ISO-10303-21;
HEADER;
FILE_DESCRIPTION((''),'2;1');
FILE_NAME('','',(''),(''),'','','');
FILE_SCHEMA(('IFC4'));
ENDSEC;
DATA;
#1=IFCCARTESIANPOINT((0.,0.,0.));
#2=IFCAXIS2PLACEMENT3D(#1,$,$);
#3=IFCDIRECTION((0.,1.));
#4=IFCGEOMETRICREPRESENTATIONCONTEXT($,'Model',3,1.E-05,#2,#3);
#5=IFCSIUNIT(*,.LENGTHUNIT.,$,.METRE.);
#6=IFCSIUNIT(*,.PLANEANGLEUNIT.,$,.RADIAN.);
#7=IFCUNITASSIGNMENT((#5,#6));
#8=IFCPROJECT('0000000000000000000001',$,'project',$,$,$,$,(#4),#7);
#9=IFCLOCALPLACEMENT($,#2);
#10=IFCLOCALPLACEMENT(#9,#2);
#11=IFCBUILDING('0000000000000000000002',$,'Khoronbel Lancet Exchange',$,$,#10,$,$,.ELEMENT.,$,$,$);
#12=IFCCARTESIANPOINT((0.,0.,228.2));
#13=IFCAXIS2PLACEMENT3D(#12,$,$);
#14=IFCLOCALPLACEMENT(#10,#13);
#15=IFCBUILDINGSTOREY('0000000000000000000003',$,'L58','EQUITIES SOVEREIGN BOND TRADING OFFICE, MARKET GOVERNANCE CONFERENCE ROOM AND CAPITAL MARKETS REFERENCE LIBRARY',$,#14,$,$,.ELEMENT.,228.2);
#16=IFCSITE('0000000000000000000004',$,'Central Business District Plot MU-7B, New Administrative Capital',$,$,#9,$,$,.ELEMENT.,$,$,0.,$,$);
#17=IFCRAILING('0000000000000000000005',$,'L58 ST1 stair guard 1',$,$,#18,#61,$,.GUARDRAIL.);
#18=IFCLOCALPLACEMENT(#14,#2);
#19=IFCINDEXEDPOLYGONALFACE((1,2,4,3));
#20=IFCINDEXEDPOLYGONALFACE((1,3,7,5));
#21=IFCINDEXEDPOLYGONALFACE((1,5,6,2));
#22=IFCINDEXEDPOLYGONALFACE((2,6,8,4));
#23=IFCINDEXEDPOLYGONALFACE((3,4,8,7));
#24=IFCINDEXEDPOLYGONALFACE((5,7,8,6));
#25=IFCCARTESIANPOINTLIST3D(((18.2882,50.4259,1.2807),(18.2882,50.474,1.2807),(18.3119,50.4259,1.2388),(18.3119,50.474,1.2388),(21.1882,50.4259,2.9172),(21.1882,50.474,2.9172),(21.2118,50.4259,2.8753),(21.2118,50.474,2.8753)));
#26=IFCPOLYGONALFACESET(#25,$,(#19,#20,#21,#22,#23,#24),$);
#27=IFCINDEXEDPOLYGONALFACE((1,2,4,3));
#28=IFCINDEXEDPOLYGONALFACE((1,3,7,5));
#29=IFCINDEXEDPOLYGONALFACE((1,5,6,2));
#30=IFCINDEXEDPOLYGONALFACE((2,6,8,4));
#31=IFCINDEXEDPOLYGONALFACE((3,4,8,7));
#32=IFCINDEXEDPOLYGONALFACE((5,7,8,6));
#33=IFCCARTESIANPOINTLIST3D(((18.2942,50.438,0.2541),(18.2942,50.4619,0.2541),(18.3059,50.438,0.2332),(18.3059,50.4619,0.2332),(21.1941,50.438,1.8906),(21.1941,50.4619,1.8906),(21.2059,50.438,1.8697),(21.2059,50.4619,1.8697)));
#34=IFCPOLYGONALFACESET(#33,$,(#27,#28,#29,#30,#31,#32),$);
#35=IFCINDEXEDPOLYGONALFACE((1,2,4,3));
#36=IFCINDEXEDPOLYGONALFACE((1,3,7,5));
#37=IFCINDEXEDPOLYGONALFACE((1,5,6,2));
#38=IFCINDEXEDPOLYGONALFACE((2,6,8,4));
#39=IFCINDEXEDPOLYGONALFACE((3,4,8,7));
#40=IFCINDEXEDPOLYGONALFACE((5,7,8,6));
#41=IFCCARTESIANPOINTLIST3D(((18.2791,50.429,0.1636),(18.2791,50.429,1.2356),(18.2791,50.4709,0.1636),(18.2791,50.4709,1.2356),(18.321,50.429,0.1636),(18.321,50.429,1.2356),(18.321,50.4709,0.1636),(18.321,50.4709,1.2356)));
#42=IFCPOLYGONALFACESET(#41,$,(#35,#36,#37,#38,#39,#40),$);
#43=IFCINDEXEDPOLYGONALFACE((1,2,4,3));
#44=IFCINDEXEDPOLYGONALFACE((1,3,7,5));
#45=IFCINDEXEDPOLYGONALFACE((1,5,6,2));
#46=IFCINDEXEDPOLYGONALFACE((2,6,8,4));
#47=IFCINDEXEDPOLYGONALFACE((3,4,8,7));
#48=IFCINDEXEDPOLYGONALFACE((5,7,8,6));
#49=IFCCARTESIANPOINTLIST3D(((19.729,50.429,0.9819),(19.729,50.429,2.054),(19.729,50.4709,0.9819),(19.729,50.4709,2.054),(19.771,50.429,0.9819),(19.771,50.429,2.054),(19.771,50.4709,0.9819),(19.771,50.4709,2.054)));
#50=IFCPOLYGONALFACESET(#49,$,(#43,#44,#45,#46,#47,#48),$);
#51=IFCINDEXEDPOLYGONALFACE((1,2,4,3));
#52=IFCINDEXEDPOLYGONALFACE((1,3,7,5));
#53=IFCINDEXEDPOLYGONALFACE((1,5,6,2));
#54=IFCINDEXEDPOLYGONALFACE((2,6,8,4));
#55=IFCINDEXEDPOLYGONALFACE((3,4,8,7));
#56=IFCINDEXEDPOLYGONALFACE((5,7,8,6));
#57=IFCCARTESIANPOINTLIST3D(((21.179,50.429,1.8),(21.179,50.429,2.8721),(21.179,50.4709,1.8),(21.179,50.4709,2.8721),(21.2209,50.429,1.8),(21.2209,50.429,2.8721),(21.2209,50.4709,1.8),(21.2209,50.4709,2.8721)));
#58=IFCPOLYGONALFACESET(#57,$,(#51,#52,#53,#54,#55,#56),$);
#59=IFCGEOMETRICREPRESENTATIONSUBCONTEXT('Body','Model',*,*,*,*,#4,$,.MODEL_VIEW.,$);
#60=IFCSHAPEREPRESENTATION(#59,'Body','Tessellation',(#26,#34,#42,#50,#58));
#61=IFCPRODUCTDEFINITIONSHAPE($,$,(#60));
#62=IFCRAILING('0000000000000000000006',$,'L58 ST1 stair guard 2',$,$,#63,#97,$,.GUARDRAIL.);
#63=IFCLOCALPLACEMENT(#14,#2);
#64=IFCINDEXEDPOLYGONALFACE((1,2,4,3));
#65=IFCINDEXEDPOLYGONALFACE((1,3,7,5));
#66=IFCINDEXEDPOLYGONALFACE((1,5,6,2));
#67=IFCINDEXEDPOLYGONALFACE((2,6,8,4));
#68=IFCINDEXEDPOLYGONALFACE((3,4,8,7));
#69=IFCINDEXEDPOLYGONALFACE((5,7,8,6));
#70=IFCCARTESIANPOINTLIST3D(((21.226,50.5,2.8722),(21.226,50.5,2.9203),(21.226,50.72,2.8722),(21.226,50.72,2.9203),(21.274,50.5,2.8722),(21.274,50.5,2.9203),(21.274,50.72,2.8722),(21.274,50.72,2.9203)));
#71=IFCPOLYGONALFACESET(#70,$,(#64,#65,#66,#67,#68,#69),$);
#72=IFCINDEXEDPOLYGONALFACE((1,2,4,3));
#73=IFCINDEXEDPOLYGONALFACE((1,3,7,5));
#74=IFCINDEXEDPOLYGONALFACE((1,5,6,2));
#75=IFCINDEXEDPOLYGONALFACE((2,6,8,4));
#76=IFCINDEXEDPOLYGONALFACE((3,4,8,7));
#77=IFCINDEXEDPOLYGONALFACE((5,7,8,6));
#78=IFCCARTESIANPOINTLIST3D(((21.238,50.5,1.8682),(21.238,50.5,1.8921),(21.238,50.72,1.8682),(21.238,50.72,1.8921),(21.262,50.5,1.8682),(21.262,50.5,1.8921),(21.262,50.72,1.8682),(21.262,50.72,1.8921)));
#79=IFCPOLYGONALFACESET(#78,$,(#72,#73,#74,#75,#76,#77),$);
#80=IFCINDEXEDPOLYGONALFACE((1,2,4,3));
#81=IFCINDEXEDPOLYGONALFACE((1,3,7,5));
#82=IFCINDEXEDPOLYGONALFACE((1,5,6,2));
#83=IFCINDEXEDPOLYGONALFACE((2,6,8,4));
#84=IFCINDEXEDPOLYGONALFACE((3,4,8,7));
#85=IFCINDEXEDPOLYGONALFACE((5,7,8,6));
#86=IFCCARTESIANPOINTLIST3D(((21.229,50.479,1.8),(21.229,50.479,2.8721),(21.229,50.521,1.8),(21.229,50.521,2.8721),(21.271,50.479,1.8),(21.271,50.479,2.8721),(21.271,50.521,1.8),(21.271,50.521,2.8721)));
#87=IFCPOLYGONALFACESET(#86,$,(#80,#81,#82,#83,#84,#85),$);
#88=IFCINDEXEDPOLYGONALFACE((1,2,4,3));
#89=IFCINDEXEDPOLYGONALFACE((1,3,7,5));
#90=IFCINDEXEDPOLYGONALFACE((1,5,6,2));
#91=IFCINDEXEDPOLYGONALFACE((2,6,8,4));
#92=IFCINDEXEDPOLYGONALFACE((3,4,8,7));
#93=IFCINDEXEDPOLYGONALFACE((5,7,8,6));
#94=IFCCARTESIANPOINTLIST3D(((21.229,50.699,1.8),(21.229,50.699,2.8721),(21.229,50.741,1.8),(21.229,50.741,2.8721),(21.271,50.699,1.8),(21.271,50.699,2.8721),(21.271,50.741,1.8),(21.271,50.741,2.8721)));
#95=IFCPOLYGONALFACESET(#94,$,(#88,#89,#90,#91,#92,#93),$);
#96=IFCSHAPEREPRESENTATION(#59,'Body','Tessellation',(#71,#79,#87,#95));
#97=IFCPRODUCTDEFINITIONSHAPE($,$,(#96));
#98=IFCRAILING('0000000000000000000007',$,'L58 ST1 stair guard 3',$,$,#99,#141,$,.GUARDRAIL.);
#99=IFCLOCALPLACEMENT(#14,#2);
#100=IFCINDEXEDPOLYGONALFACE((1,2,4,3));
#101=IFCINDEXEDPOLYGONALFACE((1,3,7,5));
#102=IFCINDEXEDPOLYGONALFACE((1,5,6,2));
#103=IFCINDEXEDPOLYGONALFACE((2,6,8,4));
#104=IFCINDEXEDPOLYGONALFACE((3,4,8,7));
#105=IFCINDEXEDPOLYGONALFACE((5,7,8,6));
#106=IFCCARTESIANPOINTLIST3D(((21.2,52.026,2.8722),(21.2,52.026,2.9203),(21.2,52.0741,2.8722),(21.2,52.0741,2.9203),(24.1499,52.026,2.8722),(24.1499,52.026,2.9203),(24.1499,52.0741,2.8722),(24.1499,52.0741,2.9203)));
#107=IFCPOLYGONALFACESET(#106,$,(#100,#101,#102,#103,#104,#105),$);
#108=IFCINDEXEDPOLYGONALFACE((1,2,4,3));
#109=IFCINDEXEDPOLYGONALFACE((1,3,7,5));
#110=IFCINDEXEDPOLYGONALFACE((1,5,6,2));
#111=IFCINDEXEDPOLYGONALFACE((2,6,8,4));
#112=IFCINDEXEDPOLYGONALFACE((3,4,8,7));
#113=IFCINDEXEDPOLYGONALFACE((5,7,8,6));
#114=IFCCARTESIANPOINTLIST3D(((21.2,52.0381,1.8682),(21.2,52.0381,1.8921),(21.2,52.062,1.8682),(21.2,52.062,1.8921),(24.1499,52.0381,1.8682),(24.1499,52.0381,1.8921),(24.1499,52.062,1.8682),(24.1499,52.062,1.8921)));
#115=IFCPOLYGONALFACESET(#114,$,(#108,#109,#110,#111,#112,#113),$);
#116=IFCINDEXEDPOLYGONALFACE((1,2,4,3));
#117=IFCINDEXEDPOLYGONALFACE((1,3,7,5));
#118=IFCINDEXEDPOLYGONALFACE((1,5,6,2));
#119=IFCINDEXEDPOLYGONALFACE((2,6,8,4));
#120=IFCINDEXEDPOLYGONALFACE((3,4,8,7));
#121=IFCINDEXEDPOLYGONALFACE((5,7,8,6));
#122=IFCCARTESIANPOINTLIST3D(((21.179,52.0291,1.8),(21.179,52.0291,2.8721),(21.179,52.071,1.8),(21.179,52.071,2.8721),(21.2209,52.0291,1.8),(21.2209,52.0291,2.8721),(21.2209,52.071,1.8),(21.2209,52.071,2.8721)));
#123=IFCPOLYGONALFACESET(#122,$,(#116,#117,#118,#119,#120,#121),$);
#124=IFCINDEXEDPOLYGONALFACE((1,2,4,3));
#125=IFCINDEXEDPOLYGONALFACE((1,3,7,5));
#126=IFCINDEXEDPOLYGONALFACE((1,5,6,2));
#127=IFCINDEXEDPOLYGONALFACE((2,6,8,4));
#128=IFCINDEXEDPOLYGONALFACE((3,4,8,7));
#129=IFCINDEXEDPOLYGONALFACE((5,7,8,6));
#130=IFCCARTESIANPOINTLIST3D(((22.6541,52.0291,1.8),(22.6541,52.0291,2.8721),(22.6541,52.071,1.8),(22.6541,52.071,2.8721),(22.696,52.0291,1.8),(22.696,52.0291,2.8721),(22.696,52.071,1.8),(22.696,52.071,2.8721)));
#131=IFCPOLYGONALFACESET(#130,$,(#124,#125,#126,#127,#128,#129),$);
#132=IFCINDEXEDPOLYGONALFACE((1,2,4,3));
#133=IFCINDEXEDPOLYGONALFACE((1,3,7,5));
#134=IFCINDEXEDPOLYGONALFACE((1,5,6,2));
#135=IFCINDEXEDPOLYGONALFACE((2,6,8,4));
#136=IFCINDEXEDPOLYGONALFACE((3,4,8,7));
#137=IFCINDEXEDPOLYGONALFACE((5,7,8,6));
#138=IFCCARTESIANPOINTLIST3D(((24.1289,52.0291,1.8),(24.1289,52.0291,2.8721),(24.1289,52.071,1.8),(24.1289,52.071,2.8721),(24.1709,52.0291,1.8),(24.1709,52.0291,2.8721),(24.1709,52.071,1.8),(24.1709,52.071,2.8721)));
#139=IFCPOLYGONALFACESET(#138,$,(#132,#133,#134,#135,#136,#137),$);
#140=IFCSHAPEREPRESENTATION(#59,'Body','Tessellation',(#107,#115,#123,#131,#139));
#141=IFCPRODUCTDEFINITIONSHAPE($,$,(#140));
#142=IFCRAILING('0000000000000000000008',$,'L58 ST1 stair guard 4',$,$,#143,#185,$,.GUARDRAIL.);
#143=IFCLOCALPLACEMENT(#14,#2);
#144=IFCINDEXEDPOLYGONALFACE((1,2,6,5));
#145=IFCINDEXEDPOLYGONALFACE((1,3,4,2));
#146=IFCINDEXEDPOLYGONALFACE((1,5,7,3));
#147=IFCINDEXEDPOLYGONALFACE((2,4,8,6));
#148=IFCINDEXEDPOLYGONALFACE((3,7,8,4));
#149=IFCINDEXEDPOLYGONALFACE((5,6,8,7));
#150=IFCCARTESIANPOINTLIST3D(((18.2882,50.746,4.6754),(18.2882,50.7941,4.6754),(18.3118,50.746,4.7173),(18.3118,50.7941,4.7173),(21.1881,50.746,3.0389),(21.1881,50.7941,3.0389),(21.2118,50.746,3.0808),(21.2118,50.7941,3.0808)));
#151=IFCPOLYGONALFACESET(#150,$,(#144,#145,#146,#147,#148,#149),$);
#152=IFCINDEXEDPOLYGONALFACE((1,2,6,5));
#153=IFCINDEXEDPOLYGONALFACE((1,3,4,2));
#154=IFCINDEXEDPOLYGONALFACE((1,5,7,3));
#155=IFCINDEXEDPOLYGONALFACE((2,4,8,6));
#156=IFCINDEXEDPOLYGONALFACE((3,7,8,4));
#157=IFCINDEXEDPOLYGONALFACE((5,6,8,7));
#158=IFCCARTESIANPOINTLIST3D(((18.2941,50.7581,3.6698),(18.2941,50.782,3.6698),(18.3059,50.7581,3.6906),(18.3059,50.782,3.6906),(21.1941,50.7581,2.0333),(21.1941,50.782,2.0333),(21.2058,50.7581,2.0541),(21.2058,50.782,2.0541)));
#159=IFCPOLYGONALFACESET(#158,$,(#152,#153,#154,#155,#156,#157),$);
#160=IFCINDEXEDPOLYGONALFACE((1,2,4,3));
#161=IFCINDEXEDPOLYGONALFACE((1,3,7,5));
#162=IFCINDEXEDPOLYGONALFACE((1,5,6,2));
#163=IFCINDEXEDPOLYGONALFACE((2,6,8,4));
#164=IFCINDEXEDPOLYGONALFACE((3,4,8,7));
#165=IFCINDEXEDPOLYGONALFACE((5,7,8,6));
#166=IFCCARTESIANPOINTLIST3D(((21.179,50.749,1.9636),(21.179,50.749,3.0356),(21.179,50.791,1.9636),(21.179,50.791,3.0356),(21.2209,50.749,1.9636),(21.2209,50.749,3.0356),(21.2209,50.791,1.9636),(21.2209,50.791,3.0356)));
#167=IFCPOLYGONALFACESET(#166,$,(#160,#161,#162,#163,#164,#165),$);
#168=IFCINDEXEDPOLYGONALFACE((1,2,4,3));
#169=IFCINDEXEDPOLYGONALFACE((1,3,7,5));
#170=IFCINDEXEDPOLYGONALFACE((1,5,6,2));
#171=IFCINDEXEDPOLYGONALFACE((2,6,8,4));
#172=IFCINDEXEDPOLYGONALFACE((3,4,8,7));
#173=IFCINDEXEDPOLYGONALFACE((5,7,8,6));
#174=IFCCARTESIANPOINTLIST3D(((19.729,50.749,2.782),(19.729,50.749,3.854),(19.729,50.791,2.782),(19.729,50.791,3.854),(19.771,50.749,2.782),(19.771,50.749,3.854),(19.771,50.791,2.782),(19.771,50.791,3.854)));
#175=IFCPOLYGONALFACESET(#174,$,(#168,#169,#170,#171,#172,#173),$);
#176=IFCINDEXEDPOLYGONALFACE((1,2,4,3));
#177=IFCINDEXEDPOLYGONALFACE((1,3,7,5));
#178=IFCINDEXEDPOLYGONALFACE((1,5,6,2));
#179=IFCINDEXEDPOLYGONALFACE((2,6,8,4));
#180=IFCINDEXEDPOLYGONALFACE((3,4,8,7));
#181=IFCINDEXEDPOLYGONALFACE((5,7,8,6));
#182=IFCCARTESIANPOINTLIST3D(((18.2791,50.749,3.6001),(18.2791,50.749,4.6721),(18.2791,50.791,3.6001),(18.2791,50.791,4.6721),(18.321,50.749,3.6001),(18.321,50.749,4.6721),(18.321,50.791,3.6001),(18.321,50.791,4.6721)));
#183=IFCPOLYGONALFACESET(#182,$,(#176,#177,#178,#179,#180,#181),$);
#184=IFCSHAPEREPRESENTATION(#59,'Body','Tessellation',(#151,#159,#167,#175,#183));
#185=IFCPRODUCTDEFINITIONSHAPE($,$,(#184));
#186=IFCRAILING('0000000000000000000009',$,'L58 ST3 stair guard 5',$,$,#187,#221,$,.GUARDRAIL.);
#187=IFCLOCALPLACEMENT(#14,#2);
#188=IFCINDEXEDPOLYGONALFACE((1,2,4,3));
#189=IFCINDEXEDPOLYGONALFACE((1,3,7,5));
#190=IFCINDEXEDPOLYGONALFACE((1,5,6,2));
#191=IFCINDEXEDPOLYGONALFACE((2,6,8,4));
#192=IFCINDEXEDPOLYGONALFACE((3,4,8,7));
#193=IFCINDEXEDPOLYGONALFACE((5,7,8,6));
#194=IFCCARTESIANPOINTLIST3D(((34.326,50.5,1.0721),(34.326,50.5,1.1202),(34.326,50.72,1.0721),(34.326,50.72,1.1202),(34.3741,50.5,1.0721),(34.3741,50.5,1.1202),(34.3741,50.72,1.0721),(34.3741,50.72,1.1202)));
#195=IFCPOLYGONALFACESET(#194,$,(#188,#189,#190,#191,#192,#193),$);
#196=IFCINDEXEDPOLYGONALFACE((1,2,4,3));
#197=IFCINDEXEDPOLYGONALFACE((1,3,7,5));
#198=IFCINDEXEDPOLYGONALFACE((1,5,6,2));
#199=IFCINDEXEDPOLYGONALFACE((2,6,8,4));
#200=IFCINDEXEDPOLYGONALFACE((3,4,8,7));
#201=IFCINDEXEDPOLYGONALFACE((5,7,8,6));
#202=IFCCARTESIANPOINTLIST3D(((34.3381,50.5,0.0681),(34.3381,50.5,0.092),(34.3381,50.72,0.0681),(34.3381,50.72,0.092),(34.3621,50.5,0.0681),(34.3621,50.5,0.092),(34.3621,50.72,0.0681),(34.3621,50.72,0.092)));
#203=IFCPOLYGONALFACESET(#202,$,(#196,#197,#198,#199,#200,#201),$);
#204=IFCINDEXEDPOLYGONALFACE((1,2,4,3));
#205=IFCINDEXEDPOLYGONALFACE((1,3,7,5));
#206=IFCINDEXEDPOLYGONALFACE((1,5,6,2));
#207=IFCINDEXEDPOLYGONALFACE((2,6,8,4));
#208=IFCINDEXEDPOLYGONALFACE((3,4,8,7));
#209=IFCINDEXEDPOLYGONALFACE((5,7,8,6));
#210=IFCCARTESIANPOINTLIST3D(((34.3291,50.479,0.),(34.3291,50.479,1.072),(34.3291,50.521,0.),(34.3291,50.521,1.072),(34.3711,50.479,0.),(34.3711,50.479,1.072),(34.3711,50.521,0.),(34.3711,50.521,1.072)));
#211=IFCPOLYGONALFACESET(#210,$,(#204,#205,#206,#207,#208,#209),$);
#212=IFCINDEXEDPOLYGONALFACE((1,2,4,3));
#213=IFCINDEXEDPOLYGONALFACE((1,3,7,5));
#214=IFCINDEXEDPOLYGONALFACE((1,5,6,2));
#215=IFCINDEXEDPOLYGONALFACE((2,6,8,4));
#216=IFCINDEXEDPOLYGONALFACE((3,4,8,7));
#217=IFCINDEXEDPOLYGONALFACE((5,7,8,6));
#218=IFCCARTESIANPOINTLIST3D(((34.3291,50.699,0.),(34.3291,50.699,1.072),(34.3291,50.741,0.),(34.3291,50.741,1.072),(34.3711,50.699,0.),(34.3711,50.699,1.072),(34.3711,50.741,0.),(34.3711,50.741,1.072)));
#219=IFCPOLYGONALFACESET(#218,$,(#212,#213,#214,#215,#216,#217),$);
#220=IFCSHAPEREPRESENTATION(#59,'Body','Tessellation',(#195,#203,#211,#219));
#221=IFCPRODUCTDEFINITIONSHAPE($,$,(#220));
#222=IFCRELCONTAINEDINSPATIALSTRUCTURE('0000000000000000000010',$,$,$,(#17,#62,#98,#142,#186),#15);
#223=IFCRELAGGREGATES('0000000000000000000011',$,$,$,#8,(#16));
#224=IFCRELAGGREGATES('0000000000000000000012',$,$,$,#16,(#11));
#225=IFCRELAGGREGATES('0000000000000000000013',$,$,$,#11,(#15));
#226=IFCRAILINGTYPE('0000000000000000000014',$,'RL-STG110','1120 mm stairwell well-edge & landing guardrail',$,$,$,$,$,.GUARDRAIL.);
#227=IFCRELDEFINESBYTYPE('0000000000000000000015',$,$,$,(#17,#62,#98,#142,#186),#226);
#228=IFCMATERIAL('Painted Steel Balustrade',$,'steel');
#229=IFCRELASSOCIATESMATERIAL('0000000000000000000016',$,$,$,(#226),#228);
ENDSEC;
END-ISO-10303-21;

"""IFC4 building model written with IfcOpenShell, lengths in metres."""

from ifc_helpers import new_model, si_unit, direction, frame, origin, origin_2d, place, context, subcontext, project, spatial, rectangle, extrude, material, type_object, element, save


model = new_model("IFC4")

# Units and contexts
model_context = context("Model", 3, precision=1e-05, world=origin(), true_north=direction((0.0, 1.0)))
body_context = subcontext(model_context, "Body", "Model", "MODEL_VIEW")
ifc_project = project(units=[si_unit("LENGTHUNIT", "METRE"), si_unit("PLANEANGLEUNIT", "RADIAN")], contexts=[model_context])

# Site, building, storey
site_placement = place(None, origin())
site = spatial("IfcSite", under=ifc_project, at=site_placement, Name="Central Business District Plot MU-7B, New Administrative Capital", CompositionType="ELEMENT", RefElevation=0.0)
building_placement = place(site_placement, origin())
building = spatial("IfcBuilding", under=site, at=building_placement, Name="Khoronbel Lancet Exchange", CompositionType="ELEMENT")
storey_placement = place(building_placement, frame((0.0, 0.0, 228.2)))
storey = spatial("IfcBuildingStorey", under=building, at=storey_placement, Name="L58", Description="EQUITIES SOVEREIGN BOND TRADING OFFICE, MARKET GOVERNANCE CONFERENCE ROOM AND CAPITAL MARKETS REFERENCE LIBRARY", CompositionType="ELEMENT", Elevation=228.2)

# Railings
ifc_material_1 = material(Name="Painted Steel Balustrade", Category="steel")
railing_type_1 = type_object("IfcRailingType", Name="RL-STG110", Description="1120 mm stairwell well-edge & landing guardrail", PredefinedType="GUARDRAIL", material=ifc_material_1)
railing_1_placement = place(storey_placement, frame((18.3, 50.45, 0.1636)))
element("IfcRailing", 1, at=railing_1_placement, inside=storey, type_object=railing_type_1, Name="L58 ST1 stair guard 1", PredefinedType="GUARDRAIL", context=body_context, shape_type="SweptSolid", body=[
    extrude(rectangle(XDim=0.0481, YDim=0.0481, at=origin_2d()), frame((0.0, 0.0, 1.0962), z_axis=(0.870897, 0.0, 0.491465), x_axis=(0.0, 1.0, 0.0)), (0.0, 0.0, 1.0), 3.3298),
    extrude(rectangle(XDim=0.0239, YDim=0.0239, at=origin_2d()), frame((0.0, 0.0, 0.0801), z_axis=(0.870897, 0.0, 0.491465), x_axis=(0.0, 1.0, 0.0)), (0.0, 0.0, 1.0), 3.3298),
    extrude(rectangle(XDim=0.042, YDim=0.042, at=origin_2d()), origin(), (0.0, 0.0, 1.0), 1.072),
    extrude(rectangle(XDim=0.042, YDim=0.042, at=origin_2d()), frame((1.45, 0.0, 0.8184)), (0.0, 0.0, 1.0), 1.072),
    extrude(rectangle(XDim=0.042, YDim=0.042, at=origin_2d()), frame((2.8999, 0.0, 1.6365)), (0.0, 0.0, 1.0), 1.072),
])
railing_2_placement = place(storey_placement, frame((21.25, 50.5, 1.8)))
element("IfcRailing", 2, at=railing_2_placement, inside=storey, type_object=railing_type_1, Name="L58 ST1 stair guard 2", PredefinedType="GUARDRAIL", context=body_context, shape_type="SweptSolid", body=[
    extrude(rectangle(XDim=0.0481, YDim=0.0481, at=origin_2d()), frame((0.0, 0.0, 1.0962), z_axis=(0.0, 1.0, 0.0), x_axis=(-1.0, 0.0, 0.0)), (0.0, 0.0, 1.0), 0.22),
    extrude(rectangle(XDim=0.0239, YDim=0.0239, at=origin_2d()), frame((0.0, 0.0, 0.0801), z_axis=(0.0, 1.0, 0.0), x_axis=(-1.0, 0.0, 0.0)), (0.0, 0.0, 1.0), 0.22),
    extrude(rectangle(XDim=0.042, YDim=0.042, at=origin_2d()), origin(), (0.0, 0.0, 1.0), 1.072),
    extrude(rectangle(XDim=0.042, YDim=0.042, at=origin_2d()), frame((0.0, 0.22, 0.0)), (0.0, 0.0, 1.0), 1.072),
])
railing_3_placement = place(storey_placement, frame((21.2, 52.05, 1.8)))
element("IfcRailing", 3, at=railing_3_placement, inside=storey, type_object=railing_type_1, Name="L58 ST1 stair guard 3", PredefinedType="GUARDRAIL", context=body_context, shape_type="SweptSolid", body=[
    extrude(rectangle(XDim=0.0481, YDim=0.0481, at=origin_2d()), frame((0.0, 0.0, 1.0962), z_axis=(1.0, 0.0, 0.0), x_axis=(0.0, 1.0, 0.0)), (0.0, 0.0, 1.0), 2.95),
    extrude(rectangle(XDim=0.0239, YDim=0.0239, at=origin_2d()), frame((0.0, 0.0, 0.0801), z_axis=(1.0, 0.0, 0.0), x_axis=(0.0, 1.0, 0.0)), (0.0, 0.0, 1.0), 2.95),
    extrude(rectangle(XDim=0.042, YDim=0.042, at=origin_2d()), origin(), (0.0, 0.0, 1.0), 1.072),
    extrude(rectangle(XDim=0.042, YDim=0.042, at=origin_2d()), frame((1.4751, 0.0, 0.0)), (0.0, 0.0, 1.0), 1.072),
    extrude(rectangle(XDim=0.042, YDim=0.042, at=origin_2d()), frame((2.95, 0.0, 0.0)), (0.0, 0.0, 1.0), 1.072),
])
railing_4_placement = place(storey_placement, frame((21.2, 50.77, 1.9636)))
element("IfcRailing", 4, at=railing_4_placement, inside=storey, type_object=railing_type_1, Name="L58 ST1 stair guard 4", PredefinedType="GUARDRAIL", context=body_context, shape_type="SweptSolid", body=[
    extrude(rectangle(XDim=0.0481, YDim=0.0481, at=origin_2d()), frame((0.0, 0.0, 1.0962), z_axis=(-0.870897, 0.0, 0.491465), x_axis=(0.0, -1.0, 0.0)), (0.0, 0.0, 1.0), 3.3298),
    extrude(rectangle(XDim=0.0239, YDim=0.0239, at=origin_2d()), frame((0.0, 0.0, 0.0801), z_axis=(-0.870897, 0.0, 0.491465), x_axis=(0.0, -1.0, 0.0)), (0.0, 0.0, 1.0), 3.3298),
    extrude(rectangle(XDim=0.042, YDim=0.042, at=origin_2d()), origin(), (0.0, 0.0, 1.0), 1.072),
    extrude(rectangle(XDim=0.042, YDim=0.042, at=origin_2d()), frame((-1.45, 0.0, 0.8184)), (0.0, 0.0, 1.0), 1.072),
    extrude(rectangle(XDim=0.042, YDim=0.042, at=origin_2d()), frame((-2.8999, 0.0, 1.6365)), (0.0, 0.0, 1.0), 1.072),
])
railing_5_placement = place(storey_placement, frame((34.3501, 50.5, 0.0)))
element("IfcRailing", 5, at=railing_5_placement, inside=storey, type_object=railing_type_1, Name="L58 ST3 stair guard 5", PredefinedType="GUARDRAIL", context=body_context, shape_type="SweptSolid", body=[
    extrude(rectangle(XDim=0.0481, YDim=0.0481, at=origin_2d()), frame((0.0, 0.0, 1.0962), z_axis=(0.0, 1.0, 0.0), x_axis=(-1.0, 0.0, 0.0)), (0.0, 0.0, 1.0), 0.22),
    extrude(rectangle(XDim=0.0239, YDim=0.0239, at=origin_2d()), frame((0.0, 0.0, 0.0801), z_axis=(0.0, 1.0, 0.0), x_axis=(-1.0, 0.0, 0.0)), (0.0, 0.0, 1.0), 0.22),
    extrude(rectangle(XDim=0.042, YDim=0.042, at=origin_2d()), origin(), (0.0, 0.0, 1.0), 1.072),
    extrude(rectangle(XDim=0.042, YDim=0.042, at=origin_2d()), frame((0.0, 0.22, 0.0)), (0.0, 0.0, 1.0), 1.072),
])

save(model, "model.ifc")
